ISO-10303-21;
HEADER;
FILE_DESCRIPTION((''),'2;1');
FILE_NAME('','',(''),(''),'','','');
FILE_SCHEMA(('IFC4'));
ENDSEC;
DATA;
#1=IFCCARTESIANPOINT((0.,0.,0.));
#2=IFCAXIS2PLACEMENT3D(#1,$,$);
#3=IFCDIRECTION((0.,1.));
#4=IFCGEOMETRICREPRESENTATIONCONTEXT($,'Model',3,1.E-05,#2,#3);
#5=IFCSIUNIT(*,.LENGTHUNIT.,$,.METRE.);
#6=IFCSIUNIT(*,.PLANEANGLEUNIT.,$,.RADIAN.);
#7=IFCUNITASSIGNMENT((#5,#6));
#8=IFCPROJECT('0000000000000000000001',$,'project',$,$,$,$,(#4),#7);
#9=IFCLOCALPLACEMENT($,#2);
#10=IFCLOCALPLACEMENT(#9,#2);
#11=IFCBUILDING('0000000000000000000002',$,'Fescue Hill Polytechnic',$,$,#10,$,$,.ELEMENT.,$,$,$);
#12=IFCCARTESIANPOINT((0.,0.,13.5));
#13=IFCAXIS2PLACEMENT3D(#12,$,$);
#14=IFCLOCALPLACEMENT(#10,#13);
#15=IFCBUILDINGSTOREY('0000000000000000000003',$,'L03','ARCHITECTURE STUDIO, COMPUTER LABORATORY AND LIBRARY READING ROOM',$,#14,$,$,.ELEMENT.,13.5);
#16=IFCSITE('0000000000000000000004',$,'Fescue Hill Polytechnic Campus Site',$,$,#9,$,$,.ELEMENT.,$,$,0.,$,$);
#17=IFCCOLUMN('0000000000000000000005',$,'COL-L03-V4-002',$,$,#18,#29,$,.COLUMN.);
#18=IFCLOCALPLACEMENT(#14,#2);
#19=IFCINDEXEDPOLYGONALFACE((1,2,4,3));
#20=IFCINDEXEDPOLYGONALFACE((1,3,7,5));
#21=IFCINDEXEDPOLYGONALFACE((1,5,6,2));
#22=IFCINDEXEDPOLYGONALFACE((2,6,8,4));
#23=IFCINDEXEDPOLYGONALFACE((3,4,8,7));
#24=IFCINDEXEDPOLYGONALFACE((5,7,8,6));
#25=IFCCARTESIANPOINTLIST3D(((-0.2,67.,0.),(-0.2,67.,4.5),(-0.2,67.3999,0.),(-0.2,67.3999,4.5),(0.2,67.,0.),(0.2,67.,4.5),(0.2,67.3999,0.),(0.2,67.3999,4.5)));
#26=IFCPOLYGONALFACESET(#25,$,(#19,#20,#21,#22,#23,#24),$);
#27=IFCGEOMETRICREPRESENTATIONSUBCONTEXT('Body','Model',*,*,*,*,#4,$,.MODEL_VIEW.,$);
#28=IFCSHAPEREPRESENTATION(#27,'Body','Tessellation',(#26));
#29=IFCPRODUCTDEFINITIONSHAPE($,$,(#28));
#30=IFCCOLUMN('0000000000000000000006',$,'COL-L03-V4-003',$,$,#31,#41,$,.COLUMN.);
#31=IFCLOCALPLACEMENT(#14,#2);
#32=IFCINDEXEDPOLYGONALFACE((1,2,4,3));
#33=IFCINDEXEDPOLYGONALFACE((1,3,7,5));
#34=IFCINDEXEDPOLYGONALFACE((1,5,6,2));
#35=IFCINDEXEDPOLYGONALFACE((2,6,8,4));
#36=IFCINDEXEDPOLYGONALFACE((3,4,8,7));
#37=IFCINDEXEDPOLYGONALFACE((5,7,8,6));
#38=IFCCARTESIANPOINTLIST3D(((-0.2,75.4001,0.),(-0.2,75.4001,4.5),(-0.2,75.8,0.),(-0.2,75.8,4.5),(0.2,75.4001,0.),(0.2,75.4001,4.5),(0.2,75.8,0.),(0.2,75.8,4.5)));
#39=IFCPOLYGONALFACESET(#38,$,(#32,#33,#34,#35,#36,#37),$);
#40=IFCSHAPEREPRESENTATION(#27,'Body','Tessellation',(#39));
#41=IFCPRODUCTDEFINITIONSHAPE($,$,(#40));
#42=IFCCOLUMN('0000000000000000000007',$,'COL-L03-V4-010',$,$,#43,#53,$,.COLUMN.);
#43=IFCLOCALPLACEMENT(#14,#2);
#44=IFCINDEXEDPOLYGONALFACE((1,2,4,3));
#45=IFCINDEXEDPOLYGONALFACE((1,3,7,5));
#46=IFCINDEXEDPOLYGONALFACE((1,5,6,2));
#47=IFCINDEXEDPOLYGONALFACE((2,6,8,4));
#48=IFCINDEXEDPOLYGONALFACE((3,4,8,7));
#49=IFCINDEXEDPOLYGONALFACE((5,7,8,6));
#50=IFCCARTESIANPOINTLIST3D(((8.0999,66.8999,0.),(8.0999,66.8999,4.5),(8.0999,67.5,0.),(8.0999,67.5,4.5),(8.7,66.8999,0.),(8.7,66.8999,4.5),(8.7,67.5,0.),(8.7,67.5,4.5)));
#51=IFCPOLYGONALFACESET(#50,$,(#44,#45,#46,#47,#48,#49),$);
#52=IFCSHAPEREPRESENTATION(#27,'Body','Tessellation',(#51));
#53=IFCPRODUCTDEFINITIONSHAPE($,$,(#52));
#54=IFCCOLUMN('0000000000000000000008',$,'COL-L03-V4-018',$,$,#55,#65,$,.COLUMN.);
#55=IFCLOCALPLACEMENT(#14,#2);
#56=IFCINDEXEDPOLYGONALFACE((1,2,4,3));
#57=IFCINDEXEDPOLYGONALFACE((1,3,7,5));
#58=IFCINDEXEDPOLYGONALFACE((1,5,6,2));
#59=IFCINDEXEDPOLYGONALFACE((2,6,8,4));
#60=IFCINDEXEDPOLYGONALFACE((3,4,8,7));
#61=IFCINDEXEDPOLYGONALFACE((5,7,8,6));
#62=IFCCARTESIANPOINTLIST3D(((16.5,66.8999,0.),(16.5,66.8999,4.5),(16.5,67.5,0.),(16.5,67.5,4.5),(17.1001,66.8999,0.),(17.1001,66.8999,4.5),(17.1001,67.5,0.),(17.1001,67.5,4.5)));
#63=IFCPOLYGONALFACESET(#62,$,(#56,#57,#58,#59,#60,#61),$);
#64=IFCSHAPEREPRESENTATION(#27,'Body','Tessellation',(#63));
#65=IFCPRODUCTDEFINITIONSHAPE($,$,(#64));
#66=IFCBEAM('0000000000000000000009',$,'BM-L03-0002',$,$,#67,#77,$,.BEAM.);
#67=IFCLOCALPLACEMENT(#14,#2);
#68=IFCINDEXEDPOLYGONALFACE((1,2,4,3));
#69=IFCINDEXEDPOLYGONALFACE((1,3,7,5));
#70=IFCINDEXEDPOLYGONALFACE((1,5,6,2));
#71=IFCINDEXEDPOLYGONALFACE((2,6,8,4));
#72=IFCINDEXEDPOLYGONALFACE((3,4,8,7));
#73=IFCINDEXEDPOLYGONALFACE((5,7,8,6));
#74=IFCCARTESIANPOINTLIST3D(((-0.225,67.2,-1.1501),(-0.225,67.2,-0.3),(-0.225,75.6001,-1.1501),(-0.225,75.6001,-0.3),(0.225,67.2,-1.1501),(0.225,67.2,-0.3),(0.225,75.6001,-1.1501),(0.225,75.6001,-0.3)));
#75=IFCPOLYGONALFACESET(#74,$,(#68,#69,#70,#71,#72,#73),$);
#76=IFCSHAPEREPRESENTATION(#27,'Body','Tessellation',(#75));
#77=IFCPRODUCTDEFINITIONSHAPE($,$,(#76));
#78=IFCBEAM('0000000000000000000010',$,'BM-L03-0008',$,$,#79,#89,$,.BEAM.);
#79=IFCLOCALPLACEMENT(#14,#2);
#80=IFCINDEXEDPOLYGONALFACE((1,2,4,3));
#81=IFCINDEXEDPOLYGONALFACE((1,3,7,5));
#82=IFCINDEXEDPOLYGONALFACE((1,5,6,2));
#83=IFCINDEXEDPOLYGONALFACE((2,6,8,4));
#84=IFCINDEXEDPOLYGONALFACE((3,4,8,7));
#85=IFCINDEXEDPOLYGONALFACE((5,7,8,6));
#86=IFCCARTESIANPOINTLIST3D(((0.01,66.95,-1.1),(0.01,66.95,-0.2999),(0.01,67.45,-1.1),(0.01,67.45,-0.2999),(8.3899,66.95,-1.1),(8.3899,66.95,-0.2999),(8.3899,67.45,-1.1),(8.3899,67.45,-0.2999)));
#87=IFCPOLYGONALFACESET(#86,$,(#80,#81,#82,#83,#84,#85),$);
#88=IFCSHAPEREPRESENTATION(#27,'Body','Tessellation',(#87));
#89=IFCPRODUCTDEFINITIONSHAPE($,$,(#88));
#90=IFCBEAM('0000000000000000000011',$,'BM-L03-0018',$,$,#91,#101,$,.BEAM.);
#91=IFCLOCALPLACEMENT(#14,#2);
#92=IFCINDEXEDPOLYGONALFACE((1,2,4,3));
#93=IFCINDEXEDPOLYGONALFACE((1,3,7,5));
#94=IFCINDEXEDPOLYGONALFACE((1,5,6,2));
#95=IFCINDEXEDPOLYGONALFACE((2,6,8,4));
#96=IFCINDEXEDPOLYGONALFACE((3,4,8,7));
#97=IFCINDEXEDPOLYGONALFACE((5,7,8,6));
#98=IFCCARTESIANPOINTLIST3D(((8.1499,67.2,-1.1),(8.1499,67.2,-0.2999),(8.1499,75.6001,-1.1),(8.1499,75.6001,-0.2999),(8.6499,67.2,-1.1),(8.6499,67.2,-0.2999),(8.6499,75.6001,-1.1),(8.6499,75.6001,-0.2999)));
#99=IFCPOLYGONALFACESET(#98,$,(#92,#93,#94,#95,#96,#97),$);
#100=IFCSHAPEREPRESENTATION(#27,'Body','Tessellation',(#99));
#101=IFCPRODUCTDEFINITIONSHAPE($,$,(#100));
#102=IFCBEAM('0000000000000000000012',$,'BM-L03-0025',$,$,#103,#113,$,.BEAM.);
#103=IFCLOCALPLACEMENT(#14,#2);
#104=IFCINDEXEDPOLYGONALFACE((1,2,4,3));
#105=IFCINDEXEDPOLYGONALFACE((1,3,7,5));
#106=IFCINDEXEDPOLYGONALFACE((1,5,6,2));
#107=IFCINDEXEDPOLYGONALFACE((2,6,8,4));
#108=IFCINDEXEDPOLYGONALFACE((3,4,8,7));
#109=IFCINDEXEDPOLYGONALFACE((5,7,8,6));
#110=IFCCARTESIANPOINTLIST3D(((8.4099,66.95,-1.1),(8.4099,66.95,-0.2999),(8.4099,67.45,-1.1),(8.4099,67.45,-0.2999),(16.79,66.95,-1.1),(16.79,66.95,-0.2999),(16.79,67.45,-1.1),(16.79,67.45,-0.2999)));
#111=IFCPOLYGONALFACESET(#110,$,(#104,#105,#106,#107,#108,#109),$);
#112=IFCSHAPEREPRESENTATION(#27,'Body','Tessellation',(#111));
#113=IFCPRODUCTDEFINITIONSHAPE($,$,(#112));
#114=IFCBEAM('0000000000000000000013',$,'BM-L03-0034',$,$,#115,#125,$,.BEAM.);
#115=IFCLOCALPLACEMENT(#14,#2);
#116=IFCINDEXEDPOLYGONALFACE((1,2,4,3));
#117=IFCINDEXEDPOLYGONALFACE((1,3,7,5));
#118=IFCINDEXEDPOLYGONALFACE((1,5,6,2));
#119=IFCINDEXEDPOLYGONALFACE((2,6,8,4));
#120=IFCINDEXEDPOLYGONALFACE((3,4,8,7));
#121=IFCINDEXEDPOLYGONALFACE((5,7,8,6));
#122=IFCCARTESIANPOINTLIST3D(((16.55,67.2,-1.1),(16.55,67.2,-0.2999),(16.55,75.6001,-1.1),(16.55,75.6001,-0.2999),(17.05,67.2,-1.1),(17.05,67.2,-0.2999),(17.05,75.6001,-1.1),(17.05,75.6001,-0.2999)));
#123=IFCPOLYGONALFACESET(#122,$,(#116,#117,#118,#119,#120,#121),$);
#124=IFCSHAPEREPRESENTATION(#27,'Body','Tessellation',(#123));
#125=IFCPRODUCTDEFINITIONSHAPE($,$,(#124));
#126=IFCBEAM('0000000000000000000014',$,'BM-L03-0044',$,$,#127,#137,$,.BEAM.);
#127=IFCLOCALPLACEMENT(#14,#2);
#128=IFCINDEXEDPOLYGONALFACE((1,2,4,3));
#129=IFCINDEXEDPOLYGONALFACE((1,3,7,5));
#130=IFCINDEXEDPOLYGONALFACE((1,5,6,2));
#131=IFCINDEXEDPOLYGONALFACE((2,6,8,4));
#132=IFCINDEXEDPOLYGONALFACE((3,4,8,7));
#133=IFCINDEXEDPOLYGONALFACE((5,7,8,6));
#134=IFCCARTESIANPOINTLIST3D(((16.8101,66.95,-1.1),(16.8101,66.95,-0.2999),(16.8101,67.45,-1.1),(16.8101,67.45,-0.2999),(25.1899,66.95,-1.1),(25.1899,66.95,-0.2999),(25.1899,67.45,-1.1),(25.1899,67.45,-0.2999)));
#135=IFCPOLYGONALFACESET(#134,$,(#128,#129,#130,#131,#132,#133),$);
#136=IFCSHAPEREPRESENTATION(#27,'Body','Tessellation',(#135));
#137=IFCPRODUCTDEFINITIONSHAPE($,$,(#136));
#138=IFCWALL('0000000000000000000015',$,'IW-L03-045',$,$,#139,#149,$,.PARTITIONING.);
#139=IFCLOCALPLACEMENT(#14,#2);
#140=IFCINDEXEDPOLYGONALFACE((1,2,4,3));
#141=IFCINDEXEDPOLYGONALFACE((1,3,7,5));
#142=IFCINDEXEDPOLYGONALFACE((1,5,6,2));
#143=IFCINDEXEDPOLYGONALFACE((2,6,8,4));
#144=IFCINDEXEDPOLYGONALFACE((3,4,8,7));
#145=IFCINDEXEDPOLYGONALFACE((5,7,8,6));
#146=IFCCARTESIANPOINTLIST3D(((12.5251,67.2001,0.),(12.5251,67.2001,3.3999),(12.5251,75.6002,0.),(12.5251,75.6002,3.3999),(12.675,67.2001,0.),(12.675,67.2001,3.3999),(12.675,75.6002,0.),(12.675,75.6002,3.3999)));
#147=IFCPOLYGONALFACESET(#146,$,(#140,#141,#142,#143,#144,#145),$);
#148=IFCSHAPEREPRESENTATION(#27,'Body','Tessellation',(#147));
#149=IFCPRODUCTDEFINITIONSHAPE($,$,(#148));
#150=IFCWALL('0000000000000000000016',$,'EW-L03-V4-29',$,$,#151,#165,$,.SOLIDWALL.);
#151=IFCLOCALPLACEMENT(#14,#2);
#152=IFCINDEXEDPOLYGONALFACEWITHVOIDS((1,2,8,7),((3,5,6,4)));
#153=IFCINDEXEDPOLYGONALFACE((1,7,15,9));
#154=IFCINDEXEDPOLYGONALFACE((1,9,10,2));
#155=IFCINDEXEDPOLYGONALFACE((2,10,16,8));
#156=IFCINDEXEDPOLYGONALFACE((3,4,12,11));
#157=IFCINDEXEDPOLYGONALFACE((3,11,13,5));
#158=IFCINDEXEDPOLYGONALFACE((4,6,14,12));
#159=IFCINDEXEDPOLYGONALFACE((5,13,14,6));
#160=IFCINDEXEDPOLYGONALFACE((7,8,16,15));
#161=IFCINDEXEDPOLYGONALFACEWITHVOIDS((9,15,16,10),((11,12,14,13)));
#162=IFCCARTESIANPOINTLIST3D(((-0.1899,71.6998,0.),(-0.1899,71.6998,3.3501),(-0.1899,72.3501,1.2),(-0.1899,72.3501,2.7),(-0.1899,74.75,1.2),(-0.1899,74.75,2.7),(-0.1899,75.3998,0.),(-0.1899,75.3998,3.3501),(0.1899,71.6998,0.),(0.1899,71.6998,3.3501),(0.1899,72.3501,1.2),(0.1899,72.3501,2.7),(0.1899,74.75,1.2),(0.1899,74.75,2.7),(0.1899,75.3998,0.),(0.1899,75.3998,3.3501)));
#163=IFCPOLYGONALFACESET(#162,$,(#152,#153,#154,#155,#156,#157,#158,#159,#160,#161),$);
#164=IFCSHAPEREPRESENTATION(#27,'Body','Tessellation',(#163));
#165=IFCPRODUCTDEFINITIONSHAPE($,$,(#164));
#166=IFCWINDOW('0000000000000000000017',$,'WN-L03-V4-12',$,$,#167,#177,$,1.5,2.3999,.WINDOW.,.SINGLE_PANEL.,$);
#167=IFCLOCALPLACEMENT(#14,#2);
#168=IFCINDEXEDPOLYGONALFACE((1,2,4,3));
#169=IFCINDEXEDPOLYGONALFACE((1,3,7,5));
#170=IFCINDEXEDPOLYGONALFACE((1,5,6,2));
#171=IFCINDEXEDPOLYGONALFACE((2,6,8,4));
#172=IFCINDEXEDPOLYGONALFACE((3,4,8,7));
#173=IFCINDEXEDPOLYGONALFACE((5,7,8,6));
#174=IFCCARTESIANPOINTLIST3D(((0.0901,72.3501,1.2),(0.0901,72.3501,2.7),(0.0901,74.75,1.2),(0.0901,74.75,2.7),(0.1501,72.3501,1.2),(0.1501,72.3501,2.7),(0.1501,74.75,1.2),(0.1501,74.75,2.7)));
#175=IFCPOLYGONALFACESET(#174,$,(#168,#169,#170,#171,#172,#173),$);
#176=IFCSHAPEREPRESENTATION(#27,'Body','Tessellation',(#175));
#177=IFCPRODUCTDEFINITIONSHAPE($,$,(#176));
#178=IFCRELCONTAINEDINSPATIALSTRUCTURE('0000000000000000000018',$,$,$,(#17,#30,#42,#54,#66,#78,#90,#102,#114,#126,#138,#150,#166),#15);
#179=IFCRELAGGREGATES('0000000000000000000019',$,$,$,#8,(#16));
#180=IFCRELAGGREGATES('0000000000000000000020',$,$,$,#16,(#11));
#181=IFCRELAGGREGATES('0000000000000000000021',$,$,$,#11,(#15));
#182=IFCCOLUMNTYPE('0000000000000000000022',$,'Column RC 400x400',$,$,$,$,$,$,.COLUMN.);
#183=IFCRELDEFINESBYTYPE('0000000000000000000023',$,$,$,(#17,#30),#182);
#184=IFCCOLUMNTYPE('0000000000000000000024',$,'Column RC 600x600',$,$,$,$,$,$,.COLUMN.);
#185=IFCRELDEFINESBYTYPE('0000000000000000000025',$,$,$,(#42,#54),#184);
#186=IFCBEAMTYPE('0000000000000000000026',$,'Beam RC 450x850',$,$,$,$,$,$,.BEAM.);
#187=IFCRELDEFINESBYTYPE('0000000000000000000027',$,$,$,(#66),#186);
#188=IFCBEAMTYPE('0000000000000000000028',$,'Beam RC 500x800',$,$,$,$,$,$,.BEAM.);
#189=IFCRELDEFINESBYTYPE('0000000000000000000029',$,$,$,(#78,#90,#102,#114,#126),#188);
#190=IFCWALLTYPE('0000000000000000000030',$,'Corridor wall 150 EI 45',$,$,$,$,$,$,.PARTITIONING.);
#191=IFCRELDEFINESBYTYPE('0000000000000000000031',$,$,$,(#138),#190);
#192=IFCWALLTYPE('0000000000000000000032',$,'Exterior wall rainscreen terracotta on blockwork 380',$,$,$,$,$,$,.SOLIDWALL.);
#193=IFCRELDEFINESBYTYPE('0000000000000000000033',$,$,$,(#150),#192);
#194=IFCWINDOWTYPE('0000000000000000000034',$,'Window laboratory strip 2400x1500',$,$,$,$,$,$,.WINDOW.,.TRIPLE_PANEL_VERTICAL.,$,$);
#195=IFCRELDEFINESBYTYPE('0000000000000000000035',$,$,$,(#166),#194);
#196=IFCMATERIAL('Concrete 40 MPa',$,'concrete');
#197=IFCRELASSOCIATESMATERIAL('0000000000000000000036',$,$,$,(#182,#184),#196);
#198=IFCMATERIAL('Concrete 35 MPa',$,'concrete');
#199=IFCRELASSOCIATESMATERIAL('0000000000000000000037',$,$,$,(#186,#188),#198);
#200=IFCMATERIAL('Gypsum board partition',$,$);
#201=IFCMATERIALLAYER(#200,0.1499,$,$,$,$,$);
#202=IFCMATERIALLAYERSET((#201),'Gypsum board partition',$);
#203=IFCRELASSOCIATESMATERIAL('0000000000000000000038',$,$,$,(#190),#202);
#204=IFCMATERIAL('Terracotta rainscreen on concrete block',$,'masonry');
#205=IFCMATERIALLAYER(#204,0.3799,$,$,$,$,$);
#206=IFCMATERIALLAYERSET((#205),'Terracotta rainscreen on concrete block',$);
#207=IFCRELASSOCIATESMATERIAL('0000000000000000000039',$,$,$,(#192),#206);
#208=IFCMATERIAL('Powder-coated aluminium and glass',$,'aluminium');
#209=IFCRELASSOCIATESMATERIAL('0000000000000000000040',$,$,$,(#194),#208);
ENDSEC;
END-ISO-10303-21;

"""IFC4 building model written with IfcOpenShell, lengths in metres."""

from ifc_helpers import new_model, si_unit, direction, frame, frame_2d, origin, origin_2d, place, context, subcontext, project, spatial, rectangle, extrude, material, layer, layer_set, material_profile, profile_set, type_object, element, fill, save


model = new_model("IFC4")

# Units and contexts
model_context = context("Model", 3, precision=1e-05, world=origin(), true_north=direction((0.0, 1.0)))
body_context = subcontext(model_context, "Body", "Model", "MODEL_VIEW")
ifc_project = project(units=[si_unit("LENGTHUNIT", "METRE"), si_unit("PLANEANGLEUNIT", "RADIAN")], contexts=[model_context])

# Site, building, storey
site_placement = place(None, origin())
site = spatial("IfcSite", under=ifc_project, at=site_placement, Name="Fescue Hill Polytechnic Campus Site", CompositionType="ELEMENT", RefElevation=0.0)
building_placement = place(site_placement, origin())
building = spatial("IfcBuilding", under=site, at=building_placement, Name="Fescue Hill Polytechnic", CompositionType="ELEMENT")
storey_placement = place(building_placement, frame((0.0, 0.0, 13.5)))
storey = spatial("IfcBuildingStorey", under=building, at=storey_placement, Name="L03", Description="ARCHITECTURE STUDIO, COMPUTER LABORATORY AND LIBRARY READING ROOM", CompositionType="ELEMENT", Elevation=13.5)

# Columns
ifc_material_1 = material(Name="Concrete 40 MPa", Category="concrete")
ifc_material_profile_1 = material_profile(ifc_material_1, rectangle(XDim=0.3999, YDim=0.3999, at=origin_2d()), Name="RC 400x400")
ifc_profile_set_1 = profile_set([ifc_material_profile_1], Name="Concrete 40 MPa")
column_type_1 = type_object("IfcColumnType", Name="Column RC 400x400", PredefinedType="COLUMN", material=ifc_profile_set_1)
for number, where, z_axis, x_axis, name in (
    (1, (0.0, 67.2, 0.0), (0.0, 0.0, 1.0), (1.0, 0.0, 0.0), "COL-L03-V4-002"),
    (2, (0.0, 75.6001, 0.0), (0.0, 0.0, 1.0), (1.0, 0.0, 0.0), "COL-L03-V4-003"),
):
    element("IfcColumn", number, at=place(storey_placement, frame(where, z_axis=z_axis, x_axis=x_axis)), inside=storey, type_object=column_type_1, Name=name, PredefinedType="COLUMN", context=body_context, shape_type="SweptSolid", body=[
        extrude(rectangle(XDim=0.3999, YDim=0.3999, at=origin_2d()), origin(), (0.0, 0.0, 1.0), 4.5),
    ])
ifc_material_profile_2 = material_profile(ifc_material_1, rectangle(XDim=0.6001, YDim=0.6001, at=origin_2d()), Name="RC 600x600")
ifc_profile_set_2 = profile_set([ifc_material_profile_2], Name="Concrete 40 MPa")
column_type_2 = type_object("IfcColumnType", Name="Column RC 600x600", PredefinedType="COLUMN", material=ifc_profile_set_2)
for number, where, z_axis, x_axis, name in (
    (3, (8.3999, 67.2, 0.0), (0.0, 0.0, 1.0), (1.0, 0.0, 0.0), "COL-L03-V4-010"),
    (4, (16.8, 67.2, 0.0), (0.0, 0.0, 1.0), (1.0, 0.0, 0.0), "COL-L03-V4-018"),
):
    element("IfcColumn", number, at=place(storey_placement, frame(where, z_axis=z_axis, x_axis=x_axis)), inside=storey, type_object=column_type_2, Name=name, PredefinedType="COLUMN", context=body_context, shape_type="SweptSolid", body=[
        extrude(rectangle(XDim=0.6001, YDim=0.6001, at=origin_2d()), origin(), (0.0, 0.0, 1.0), 4.5),
    ])

# Beams
ifc_material_2 = material(Name="Concrete 35 MPa", Category="concrete")
ifc_material_profile_3 = material_profile(ifc_material_2, rectangle(XDim=0.45, YDim=0.8501, at=origin_2d()), Name="RC 450x850")
ifc_profile_set_3 = profile_set([ifc_material_profile_3], Name="Concrete 35 MPa")
beam_type_1 = type_object("IfcBeamType", Name="Beam RC 450x850", PredefinedType="BEAM", material=ifc_profile_set_3)
beam_1_placement = place(storey_placement, frame((0.0, 67.2, -0.7251), z_axis=(0.0, 1.0, 0.0), x_axis=(-1.0, 0.0, 0.0)))
element("IfcBeam", 5, at=beam_1_placement, inside=storey, type_object=beam_type_1, Name="BM-L03-0002", PredefinedType="BEAM", context=body_context, shape_type="SweptSolid", body=[
    extrude(rectangle(XDim=0.45, YDim=0.8501, at=origin_2d()), origin(), (0.0, 0.0, 1.0), 8.4001),
])
ifc_material_profile_4 = material_profile(ifc_material_2, rectangle(XDim=0.5, YDim=0.8, at=origin_2d()), Name="RC 500x800")
ifc_profile_set_4 = profile_set([ifc_material_profile_4], Name="Concrete 35 MPa")
beam_type_2 = type_object("IfcBeamType", Name="Beam RC 500x800", PredefinedType="BEAM", material=ifc_profile_set_4)
beam_2_placement = place(storey_placement, frame((0.01, 67.2, -0.7), z_axis=(1.0, 0.0, 0.0), x_axis=(0.0, 1.0, 0.0)))
element("IfcBeam", 6, at=beam_2_placement, inside=storey, type_object=beam_type_2, Name="BM-L03-0008", PredefinedType="BEAM", context=body_context, shape_type="SweptSolid", body=[
    extrude(rectangle(XDim=0.5, YDim=0.8, at=origin_2d()), origin(), (0.0, 0.0, 1.0), 8.3799),
])
beam_3_placement = place(storey_placement, frame((8.3999, 67.2, -0.7), z_axis=(0.0, 1.0, 0.0), x_axis=(-1.0, 0.0, 0.0)))
element("IfcBeam", 7, at=beam_3_placement, inside=storey, type_object=beam_type_2, Name="BM-L03-0018", PredefinedType="BEAM", context=body_context, shape_type="SweptSolid", body=[
    extrude(rectangle(XDim=0.5, YDim=0.8, at=origin_2d()), origin(), (0.0, 0.0, 1.0), 8.4001),
])
beam_4_placement = place(storey_placement, frame((8.4099, 67.2, -0.7), z_axis=(1.0, 0.0, 0.0), x_axis=(0.0, 1.0, 0.0)))
element("IfcBeam", 8, at=beam_4_placement, inside=storey, type_object=beam_type_2, Name="BM-L03-0025", PredefinedType="BEAM", context=body_context, shape_type="SweptSolid", body=[
    extrude(rectangle(XDim=0.5, YDim=0.8, at=origin_2d()), origin(), (0.0, 0.0, 1.0), 8.3801),
])
beam_5_placement = place(storey_placement, frame((16.8, 67.2, -0.7), z_axis=(0.0, 1.0, 0.0), x_axis=(-1.0, 0.0, 0.0)))
element("IfcBeam", 9, at=beam_5_placement, inside=storey, type_object=beam_type_2, Name="BM-L03-0034", PredefinedType="BEAM", context=body_context, shape_type="SweptSolid", body=[
    extrude(rectangle(XDim=0.5, YDim=0.8, at=origin_2d()), origin(), (0.0, 0.0, 1.0), 8.4001),
])
beam_6_placement = place(storey_placement, frame((16.8101, 67.2, -0.7), z_axis=(1.0, 0.0, 0.0), x_axis=(0.0, 1.0, 0.0)))
element("IfcBeam", 10, at=beam_6_placement, inside=storey, type_object=beam_type_2, Name="BM-L03-0044", PredefinedType="BEAM", context=body_context, shape_type="SweptSolid", body=[
    extrude(rectangle(XDim=0.5, YDim=0.8, at=origin_2d()), origin(), (0.0, 0.0, 1.0), 8.3799),
])

# Wall
ifc_material_3 = material(Name="Gypsum board partition")
ifc_layer_1 = layer(ifc_material_3, 0.1499)
ifc_layer_set_1 = layer_set([ifc_layer_1], Name="Gypsum board partition")
wall_type_1 = type_object("IfcWallType", Name="Corridor wall 150 EI 45", PredefinedType="PARTITIONING", material=ifc_layer_set_1)
wall_1_placement = place(storey_placement, frame((12.6001, 67.2, 0.0), z_axis=(0.0, 0.0, 1.0), x_axis=(0.0, 1.0, 0.0)))
element("IfcWall", 11, at=wall_1_placement, inside=storey, type_object=wall_type_1, Name="IW-L03-045", PredefinedType="PARTITIONING", context=body_context, shape_type="SweptSolid", body=[
    extrude(rectangle(XDim=8.4001, YDim=0.1499, at=frame_2d((4.2002, 0.0))), origin(), (0.0, 0.0, 1.0), 3.3999),
])

# Wall, opening, window
ifc_material_4 = material(Name="Terracotta rainscreen on concrete block", Category="masonry")
ifc_layer_2 = layer(ifc_material_4, 0.3799)
ifc_layer_set_2 = layer_set([ifc_layer_2], Name="Terracotta rainscreen on concrete block")
wall_type_2 = type_object("IfcWallType", Name="Exterior wall rainscreen terracotta on blockwork 380", PredefinedType="SOLIDWALL", material=ifc_layer_set_2)
wall_2_placement = place(storey_placement, frame((0.0, 75.3999, 0.0), z_axis=(0.0, 0.0, 1.0), x_axis=(0.0, -1.0, 0.0)))
wall_2 = element("IfcWall", 12, at=wall_2_placement, inside=storey, type_object=wall_type_2, Name="EW-L03-V4-29", PredefinedType="SOLIDWALL", context=body_context, shape_type="SweptSolid", body=[
    extrude(rectangle(XDim=3.7, YDim=0.3799, at=frame_2d((1.8501, 0.0))), origin(), (0.0, 0.0, 1.0), 3.3501),
])
opening_1_placement = place(wall_2_placement, frame((0.6499, 0.0, 1.2)))
opening_1 = element("IfcOpeningElement", 13, at=opening_1_placement, cuts=wall_2, PredefinedType="OPENING", context=body_context, shape_type="SweptSolid", body=[
    extrude(rectangle(XDim=2.3999, YDim=1.5, at=frame_2d((1.2, 0.75))), frame((0.0, 0.2, 0.0), z_axis=(0.0, -1.0, 0.0), x_axis=(1.0, 0.0, 0.0)), (0.0, 0.0, 1.0), 0.3999),
])
ifc_material_5 = material(Name="Powder-coated aluminium and glass", Category="aluminium")
window_type = type_object("IfcWindowType", Name="Window laboratory strip 2400x1500", PartitioningType="TRIPLE_PANEL_VERTICAL", PredefinedType="WINDOW", material=ifc_material_5)
window_1_placement = place(opening_1_placement, origin())
window_1 = element("IfcWindow", 14, at=window_1_placement, inside=storey, type_object=window_type, Name="WN-L03-V4-12", OverallHeight=1.5, OverallWidth=2.3999, PartitioningType="SINGLE_PANEL", PredefinedType="WINDOW", context=body_context, shape_type="SweptSolid", body=[
    extrude(rectangle(XDim=2.3999, YDim=1.5, at=frame_2d((1.2, 0.75))), frame((0.0, 0.1501, 0.0), z_axis=(0.0, -1.0, 0.0), x_axis=(1.0, 0.0, 0.0)), (0.0, 0.0, 1.0), 0.0601),
])
fill(opening_1, window_1)

save(model, "model.ifc")
